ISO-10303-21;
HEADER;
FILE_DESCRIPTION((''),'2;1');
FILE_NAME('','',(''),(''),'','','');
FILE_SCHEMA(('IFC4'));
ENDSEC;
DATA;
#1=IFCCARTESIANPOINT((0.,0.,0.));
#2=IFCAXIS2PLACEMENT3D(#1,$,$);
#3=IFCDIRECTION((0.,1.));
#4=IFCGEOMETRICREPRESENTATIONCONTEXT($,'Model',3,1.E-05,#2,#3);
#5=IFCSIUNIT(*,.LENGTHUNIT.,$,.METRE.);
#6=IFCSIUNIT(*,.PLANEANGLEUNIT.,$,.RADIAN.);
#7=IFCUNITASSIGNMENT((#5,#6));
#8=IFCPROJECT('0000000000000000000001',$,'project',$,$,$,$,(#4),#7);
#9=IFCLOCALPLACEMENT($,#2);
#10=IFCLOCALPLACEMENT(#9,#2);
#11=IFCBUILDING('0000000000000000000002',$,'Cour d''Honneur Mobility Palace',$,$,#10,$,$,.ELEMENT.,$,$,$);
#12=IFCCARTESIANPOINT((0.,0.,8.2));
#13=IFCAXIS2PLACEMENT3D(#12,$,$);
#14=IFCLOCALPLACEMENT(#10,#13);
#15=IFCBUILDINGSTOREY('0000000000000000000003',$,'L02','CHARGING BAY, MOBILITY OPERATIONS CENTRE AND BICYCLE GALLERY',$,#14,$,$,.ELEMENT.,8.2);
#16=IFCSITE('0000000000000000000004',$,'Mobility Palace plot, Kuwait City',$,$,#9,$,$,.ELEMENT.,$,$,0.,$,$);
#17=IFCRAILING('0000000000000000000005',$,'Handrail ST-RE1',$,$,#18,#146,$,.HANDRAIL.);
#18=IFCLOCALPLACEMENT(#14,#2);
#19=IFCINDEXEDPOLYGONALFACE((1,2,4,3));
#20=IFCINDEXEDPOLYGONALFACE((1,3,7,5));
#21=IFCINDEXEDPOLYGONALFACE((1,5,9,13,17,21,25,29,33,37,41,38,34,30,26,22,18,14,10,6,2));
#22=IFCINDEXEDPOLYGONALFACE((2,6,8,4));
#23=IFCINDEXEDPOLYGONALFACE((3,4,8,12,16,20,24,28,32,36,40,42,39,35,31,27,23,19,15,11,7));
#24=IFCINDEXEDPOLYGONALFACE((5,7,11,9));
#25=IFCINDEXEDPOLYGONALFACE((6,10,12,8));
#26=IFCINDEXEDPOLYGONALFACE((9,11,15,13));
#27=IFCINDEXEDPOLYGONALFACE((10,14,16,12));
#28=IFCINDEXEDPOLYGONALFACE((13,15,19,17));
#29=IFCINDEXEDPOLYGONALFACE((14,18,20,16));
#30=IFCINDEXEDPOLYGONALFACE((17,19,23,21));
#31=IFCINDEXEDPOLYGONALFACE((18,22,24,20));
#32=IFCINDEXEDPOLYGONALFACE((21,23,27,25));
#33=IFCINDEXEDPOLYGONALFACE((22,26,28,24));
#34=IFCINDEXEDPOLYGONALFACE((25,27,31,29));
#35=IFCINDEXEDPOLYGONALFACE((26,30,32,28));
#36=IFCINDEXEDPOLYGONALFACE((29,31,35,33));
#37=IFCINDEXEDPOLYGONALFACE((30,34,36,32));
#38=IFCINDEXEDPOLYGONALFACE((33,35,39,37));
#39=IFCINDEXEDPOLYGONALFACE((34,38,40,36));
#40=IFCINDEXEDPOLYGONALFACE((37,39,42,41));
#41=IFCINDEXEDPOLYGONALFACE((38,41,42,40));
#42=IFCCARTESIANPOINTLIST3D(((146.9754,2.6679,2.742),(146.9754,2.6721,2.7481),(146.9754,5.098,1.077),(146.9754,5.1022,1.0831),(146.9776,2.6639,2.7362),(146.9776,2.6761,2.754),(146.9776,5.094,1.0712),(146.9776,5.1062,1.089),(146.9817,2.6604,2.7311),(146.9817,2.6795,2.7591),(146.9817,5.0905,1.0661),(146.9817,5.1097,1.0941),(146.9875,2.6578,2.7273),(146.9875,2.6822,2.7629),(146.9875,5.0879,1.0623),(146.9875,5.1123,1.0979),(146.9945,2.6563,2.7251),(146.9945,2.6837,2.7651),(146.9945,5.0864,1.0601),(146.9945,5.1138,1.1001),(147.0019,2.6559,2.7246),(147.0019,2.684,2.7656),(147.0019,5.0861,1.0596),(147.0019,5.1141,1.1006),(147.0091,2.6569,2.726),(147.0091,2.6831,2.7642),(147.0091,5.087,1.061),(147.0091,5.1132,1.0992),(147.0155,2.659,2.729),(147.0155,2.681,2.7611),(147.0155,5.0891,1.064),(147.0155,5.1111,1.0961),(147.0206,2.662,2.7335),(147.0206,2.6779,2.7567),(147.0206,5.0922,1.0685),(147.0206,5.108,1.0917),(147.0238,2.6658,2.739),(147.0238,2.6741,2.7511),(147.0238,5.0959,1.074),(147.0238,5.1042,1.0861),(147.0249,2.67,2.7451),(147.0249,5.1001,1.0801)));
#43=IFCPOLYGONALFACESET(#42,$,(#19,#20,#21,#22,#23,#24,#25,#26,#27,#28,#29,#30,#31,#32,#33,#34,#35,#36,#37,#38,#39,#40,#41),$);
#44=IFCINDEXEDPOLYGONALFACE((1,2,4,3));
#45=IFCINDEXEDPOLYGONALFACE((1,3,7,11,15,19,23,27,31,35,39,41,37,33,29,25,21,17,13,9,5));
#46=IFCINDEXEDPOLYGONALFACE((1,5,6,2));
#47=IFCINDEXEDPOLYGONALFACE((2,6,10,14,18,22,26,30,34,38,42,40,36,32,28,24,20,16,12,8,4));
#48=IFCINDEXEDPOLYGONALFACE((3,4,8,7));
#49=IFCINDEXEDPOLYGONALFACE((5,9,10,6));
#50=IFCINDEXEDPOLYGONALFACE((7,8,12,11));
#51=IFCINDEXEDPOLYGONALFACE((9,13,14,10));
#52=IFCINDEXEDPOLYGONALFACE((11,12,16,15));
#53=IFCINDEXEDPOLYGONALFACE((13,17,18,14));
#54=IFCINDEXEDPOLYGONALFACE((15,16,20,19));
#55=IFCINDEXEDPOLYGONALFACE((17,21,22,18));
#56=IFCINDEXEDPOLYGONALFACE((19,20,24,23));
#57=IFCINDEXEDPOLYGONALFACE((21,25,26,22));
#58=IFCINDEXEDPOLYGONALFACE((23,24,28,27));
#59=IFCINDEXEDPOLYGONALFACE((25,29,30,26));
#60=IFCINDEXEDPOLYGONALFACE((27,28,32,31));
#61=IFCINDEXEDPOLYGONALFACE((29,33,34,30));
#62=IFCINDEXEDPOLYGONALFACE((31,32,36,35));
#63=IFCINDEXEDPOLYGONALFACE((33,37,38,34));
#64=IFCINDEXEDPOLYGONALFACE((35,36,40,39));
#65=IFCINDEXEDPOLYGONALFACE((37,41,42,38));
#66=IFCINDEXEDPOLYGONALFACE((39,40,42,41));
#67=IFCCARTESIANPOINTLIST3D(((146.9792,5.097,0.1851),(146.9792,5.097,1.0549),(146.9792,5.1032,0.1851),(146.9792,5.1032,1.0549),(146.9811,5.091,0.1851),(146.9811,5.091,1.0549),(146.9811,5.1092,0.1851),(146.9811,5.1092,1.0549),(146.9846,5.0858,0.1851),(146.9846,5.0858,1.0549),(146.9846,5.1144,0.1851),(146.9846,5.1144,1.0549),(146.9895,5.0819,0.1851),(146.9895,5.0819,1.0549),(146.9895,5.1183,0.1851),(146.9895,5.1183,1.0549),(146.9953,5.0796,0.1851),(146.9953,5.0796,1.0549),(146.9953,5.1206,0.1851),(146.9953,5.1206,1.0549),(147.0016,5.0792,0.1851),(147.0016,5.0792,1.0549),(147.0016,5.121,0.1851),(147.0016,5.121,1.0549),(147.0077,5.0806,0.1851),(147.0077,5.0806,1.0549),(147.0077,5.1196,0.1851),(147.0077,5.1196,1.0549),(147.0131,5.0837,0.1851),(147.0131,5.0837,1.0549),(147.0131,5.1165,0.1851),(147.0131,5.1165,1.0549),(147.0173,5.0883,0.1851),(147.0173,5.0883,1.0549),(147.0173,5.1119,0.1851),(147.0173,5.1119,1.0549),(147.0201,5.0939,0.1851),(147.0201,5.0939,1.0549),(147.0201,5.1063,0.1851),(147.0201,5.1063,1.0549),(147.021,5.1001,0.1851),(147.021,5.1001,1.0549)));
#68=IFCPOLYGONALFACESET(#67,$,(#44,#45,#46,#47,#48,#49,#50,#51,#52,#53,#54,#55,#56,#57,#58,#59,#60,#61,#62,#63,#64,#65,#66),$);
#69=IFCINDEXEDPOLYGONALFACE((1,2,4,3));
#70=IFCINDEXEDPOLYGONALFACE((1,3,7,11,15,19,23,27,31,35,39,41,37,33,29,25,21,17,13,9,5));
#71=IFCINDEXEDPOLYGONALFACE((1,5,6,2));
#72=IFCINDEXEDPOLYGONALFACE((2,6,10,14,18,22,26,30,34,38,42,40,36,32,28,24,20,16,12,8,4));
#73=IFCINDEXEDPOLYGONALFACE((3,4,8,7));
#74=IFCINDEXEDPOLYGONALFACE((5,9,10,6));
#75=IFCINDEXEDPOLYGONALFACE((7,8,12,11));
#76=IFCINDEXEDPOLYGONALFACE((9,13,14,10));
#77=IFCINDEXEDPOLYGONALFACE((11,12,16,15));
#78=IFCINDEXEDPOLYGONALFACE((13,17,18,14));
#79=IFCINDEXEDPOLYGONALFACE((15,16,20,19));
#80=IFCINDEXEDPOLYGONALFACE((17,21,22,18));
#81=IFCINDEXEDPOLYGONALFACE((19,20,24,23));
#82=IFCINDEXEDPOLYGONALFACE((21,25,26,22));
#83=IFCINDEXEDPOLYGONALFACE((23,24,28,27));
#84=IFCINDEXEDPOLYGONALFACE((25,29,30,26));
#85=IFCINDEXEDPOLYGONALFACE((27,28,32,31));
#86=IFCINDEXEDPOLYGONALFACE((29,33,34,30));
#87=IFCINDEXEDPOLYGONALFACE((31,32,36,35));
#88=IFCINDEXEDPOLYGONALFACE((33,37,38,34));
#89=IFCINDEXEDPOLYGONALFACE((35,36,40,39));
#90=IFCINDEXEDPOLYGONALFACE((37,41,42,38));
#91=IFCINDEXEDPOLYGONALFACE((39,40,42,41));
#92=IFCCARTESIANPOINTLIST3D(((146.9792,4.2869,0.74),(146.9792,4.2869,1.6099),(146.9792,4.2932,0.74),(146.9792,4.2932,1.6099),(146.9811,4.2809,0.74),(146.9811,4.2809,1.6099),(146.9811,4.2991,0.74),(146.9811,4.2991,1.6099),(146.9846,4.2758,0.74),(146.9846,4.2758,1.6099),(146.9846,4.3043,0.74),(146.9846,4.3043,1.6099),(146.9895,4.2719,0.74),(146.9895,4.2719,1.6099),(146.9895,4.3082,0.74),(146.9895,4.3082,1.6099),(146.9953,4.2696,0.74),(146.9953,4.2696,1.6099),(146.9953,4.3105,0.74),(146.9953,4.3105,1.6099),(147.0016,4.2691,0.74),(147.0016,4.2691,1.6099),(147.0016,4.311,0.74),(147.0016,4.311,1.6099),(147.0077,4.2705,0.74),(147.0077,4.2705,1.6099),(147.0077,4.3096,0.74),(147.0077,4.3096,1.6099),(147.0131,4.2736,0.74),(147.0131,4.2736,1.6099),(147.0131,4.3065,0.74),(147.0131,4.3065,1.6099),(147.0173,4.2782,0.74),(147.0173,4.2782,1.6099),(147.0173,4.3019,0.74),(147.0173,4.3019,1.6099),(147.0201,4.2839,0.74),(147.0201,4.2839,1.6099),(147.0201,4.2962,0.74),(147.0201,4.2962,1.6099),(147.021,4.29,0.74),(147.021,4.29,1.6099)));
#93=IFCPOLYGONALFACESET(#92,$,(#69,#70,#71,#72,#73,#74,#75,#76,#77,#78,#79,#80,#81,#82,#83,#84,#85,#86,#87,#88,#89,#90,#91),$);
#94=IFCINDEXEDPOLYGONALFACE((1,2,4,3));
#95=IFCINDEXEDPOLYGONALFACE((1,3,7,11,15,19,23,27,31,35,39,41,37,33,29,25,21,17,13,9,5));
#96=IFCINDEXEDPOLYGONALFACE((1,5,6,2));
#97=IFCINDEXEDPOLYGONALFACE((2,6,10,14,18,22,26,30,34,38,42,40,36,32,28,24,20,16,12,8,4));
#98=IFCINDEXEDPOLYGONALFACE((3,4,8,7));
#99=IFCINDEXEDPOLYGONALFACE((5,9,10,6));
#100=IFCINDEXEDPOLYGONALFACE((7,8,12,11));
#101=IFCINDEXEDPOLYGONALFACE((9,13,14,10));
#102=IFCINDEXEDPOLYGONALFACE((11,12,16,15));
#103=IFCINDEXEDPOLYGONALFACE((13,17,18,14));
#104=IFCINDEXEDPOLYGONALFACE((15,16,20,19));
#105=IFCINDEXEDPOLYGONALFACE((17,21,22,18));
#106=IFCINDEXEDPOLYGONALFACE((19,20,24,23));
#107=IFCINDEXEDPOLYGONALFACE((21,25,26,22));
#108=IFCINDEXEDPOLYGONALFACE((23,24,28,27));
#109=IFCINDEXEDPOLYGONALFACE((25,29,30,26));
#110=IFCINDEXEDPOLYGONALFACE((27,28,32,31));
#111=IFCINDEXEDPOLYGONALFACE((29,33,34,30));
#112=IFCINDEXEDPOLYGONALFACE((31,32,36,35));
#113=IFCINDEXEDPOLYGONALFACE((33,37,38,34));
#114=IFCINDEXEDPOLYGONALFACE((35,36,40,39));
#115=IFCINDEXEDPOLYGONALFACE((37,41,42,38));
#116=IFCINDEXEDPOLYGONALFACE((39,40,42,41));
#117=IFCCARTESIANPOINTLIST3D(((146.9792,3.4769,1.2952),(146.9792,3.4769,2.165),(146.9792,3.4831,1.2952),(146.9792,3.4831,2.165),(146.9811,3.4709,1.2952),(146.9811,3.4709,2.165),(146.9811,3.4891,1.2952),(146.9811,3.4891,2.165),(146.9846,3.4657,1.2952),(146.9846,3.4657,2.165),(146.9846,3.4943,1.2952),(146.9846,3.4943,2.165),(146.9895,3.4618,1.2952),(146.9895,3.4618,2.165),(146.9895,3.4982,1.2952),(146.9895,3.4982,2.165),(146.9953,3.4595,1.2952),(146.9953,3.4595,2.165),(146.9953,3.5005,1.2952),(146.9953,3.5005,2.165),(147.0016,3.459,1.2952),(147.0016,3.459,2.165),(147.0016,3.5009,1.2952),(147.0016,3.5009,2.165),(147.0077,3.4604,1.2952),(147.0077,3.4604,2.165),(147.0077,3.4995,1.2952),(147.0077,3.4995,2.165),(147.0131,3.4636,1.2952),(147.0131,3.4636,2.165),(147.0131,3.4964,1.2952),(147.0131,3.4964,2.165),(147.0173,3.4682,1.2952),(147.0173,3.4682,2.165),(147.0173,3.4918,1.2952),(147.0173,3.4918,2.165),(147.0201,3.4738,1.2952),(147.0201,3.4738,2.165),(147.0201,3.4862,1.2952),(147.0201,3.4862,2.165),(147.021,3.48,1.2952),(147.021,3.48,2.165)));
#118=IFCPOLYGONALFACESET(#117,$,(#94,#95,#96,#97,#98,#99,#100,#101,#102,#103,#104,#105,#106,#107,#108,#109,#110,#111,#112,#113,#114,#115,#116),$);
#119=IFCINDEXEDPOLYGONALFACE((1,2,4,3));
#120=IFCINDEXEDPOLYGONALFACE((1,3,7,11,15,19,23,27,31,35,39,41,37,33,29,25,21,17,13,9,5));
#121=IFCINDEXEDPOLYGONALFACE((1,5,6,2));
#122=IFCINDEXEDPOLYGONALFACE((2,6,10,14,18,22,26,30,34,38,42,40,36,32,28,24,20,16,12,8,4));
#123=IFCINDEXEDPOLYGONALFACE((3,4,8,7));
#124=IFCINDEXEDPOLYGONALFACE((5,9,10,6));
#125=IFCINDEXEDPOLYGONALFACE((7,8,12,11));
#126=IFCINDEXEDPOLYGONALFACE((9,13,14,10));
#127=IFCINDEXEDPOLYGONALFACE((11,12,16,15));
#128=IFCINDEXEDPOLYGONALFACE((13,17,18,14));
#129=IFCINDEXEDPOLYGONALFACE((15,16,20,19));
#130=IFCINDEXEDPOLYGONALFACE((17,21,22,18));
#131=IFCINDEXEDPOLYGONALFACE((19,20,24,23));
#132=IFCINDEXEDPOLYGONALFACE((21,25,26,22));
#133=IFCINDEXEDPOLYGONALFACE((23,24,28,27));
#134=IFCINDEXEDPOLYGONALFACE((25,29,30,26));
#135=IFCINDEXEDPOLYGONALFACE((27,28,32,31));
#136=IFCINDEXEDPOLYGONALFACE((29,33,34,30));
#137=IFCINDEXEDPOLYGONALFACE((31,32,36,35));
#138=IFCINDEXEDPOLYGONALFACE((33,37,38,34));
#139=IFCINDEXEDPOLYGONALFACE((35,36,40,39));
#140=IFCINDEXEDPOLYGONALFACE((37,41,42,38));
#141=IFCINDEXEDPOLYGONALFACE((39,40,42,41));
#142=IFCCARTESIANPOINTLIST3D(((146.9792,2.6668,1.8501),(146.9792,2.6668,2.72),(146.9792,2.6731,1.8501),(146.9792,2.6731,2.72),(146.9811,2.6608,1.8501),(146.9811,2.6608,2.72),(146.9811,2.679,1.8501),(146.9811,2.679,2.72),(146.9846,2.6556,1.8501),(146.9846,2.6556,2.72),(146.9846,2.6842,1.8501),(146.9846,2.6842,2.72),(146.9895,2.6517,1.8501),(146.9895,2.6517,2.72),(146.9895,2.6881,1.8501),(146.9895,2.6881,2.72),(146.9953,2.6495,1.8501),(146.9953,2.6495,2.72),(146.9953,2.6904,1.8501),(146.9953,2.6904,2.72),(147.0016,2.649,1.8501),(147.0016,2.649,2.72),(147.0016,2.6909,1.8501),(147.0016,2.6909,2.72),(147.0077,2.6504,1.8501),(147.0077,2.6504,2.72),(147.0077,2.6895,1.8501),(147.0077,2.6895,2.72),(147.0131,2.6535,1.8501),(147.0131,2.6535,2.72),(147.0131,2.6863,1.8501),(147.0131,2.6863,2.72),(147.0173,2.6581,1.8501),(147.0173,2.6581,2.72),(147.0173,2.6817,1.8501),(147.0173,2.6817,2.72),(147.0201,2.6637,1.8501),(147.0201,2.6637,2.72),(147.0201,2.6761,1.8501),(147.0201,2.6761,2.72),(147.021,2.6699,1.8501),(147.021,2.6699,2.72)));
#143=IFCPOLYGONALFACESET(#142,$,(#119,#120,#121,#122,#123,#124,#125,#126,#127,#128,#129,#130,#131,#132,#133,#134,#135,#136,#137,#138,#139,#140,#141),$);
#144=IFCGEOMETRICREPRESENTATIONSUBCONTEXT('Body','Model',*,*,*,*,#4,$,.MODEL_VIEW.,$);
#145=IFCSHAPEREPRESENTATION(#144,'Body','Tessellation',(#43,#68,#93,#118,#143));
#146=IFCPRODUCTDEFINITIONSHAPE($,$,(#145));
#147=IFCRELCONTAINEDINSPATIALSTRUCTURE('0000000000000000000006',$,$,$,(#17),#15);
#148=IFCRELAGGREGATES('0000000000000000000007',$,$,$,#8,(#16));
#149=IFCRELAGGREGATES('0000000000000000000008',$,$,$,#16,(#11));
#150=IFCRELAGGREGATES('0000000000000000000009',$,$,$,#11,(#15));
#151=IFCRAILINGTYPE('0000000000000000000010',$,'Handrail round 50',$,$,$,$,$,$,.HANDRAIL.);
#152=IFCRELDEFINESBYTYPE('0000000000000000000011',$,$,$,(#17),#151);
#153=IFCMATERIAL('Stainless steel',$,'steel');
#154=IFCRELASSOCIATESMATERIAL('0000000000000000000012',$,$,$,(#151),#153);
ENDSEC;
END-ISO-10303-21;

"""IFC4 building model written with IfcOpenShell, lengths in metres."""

from ifc_helpers import new_model, si_unit, direction, frame, origin, origin_2d, place, context, subcontext, project, spatial, circle, extrude, material, type_object, element, save


model = new_model("IFC4")

# Units and contexts
model_context = context("Model", 3, precision=1e-05, world=origin(), true_north=direction((0.0, 1.0)))
body_context = subcontext(model_context, "Body", "Model", "MODEL_VIEW")
ifc_project = project(units=[si_unit("LENGTHUNIT", "METRE"), si_unit("PLANEANGLEUNIT", "RADIAN")], contexts=[model_context])

# Site, building, storey
site_placement = place(None, origin())
site = spatial("IfcSite", under=ifc_project, at=site_placement, Name="Mobility Palace plot, Kuwait City", CompositionType="ELEMENT", RefElevation=0.0)
building_placement = place(site_placement, origin())
building = spatial("IfcBuilding", under=site, at=building_placement, Name="Cour d'Honneur Mobility Palace", CompositionType="ELEMENT")
storey_placement = place(building_placement, frame((0.0, 0.0, 8.2)))
storey = spatial("IfcBuildingStorey", under=building, at=storey_placement, Name="L02", Description="CHARGING BAY, MOBILITY OPERATIONS CENTRE AND BICYCLE GALLERY", CompositionType="ELEMENT", Elevation=8.2)

# Railing
ifc_material_1 = material(Name="Stainless steel", Category="steel")
railing_type_1 = type_object("IfcRailingType", Name="Handrail round 50", PredefinedType="HANDRAIL", material=ifc_material_1)
for number, where, name in (
    (1, (147.0, 5.1001, 0.1851), "Handrail ST-RE1"),
):
    element("IfcRailing", number, at=place(storey_placement, frame(where)), inside=storey, type_object=railing_type_1, Name=name, PredefinedType="HANDRAIL", context=body_context, shape_type="SweptSolid", body=[
        extrude(circle(Radius=0.0249, at=origin_2d()), frame((0.0, 0.0, 0.895), z_axis=(0.0, -0.824945, 0.565213), x_axis=(1.0, 0.0, 0.0)), (0.0, 0.0, 1.0), 2.9458),
        extrude(circle(Radius=0.021, at=origin_2d()), origin(), (0.0, 0.0, 1.0), 0.8699),
        extrude(circle(Radius=0.021, at=origin_2d()), frame((0.0, -0.8101, 0.5549)), (0.0, 0.0, 1.0), 0.8699),
        extrude(circle(Radius=0.021, at=origin_2d()), frame((0.0, -1.6201, 1.1101)), (0.0, 0.0, 1.0), 0.8699),
        extrude(circle(Radius=0.021, at=origin_2d()), frame((0.0, -2.4302, 1.665)), (0.0, 0.0, 1.0), 0.8699),
    ])

save(model, "model.ifc")
